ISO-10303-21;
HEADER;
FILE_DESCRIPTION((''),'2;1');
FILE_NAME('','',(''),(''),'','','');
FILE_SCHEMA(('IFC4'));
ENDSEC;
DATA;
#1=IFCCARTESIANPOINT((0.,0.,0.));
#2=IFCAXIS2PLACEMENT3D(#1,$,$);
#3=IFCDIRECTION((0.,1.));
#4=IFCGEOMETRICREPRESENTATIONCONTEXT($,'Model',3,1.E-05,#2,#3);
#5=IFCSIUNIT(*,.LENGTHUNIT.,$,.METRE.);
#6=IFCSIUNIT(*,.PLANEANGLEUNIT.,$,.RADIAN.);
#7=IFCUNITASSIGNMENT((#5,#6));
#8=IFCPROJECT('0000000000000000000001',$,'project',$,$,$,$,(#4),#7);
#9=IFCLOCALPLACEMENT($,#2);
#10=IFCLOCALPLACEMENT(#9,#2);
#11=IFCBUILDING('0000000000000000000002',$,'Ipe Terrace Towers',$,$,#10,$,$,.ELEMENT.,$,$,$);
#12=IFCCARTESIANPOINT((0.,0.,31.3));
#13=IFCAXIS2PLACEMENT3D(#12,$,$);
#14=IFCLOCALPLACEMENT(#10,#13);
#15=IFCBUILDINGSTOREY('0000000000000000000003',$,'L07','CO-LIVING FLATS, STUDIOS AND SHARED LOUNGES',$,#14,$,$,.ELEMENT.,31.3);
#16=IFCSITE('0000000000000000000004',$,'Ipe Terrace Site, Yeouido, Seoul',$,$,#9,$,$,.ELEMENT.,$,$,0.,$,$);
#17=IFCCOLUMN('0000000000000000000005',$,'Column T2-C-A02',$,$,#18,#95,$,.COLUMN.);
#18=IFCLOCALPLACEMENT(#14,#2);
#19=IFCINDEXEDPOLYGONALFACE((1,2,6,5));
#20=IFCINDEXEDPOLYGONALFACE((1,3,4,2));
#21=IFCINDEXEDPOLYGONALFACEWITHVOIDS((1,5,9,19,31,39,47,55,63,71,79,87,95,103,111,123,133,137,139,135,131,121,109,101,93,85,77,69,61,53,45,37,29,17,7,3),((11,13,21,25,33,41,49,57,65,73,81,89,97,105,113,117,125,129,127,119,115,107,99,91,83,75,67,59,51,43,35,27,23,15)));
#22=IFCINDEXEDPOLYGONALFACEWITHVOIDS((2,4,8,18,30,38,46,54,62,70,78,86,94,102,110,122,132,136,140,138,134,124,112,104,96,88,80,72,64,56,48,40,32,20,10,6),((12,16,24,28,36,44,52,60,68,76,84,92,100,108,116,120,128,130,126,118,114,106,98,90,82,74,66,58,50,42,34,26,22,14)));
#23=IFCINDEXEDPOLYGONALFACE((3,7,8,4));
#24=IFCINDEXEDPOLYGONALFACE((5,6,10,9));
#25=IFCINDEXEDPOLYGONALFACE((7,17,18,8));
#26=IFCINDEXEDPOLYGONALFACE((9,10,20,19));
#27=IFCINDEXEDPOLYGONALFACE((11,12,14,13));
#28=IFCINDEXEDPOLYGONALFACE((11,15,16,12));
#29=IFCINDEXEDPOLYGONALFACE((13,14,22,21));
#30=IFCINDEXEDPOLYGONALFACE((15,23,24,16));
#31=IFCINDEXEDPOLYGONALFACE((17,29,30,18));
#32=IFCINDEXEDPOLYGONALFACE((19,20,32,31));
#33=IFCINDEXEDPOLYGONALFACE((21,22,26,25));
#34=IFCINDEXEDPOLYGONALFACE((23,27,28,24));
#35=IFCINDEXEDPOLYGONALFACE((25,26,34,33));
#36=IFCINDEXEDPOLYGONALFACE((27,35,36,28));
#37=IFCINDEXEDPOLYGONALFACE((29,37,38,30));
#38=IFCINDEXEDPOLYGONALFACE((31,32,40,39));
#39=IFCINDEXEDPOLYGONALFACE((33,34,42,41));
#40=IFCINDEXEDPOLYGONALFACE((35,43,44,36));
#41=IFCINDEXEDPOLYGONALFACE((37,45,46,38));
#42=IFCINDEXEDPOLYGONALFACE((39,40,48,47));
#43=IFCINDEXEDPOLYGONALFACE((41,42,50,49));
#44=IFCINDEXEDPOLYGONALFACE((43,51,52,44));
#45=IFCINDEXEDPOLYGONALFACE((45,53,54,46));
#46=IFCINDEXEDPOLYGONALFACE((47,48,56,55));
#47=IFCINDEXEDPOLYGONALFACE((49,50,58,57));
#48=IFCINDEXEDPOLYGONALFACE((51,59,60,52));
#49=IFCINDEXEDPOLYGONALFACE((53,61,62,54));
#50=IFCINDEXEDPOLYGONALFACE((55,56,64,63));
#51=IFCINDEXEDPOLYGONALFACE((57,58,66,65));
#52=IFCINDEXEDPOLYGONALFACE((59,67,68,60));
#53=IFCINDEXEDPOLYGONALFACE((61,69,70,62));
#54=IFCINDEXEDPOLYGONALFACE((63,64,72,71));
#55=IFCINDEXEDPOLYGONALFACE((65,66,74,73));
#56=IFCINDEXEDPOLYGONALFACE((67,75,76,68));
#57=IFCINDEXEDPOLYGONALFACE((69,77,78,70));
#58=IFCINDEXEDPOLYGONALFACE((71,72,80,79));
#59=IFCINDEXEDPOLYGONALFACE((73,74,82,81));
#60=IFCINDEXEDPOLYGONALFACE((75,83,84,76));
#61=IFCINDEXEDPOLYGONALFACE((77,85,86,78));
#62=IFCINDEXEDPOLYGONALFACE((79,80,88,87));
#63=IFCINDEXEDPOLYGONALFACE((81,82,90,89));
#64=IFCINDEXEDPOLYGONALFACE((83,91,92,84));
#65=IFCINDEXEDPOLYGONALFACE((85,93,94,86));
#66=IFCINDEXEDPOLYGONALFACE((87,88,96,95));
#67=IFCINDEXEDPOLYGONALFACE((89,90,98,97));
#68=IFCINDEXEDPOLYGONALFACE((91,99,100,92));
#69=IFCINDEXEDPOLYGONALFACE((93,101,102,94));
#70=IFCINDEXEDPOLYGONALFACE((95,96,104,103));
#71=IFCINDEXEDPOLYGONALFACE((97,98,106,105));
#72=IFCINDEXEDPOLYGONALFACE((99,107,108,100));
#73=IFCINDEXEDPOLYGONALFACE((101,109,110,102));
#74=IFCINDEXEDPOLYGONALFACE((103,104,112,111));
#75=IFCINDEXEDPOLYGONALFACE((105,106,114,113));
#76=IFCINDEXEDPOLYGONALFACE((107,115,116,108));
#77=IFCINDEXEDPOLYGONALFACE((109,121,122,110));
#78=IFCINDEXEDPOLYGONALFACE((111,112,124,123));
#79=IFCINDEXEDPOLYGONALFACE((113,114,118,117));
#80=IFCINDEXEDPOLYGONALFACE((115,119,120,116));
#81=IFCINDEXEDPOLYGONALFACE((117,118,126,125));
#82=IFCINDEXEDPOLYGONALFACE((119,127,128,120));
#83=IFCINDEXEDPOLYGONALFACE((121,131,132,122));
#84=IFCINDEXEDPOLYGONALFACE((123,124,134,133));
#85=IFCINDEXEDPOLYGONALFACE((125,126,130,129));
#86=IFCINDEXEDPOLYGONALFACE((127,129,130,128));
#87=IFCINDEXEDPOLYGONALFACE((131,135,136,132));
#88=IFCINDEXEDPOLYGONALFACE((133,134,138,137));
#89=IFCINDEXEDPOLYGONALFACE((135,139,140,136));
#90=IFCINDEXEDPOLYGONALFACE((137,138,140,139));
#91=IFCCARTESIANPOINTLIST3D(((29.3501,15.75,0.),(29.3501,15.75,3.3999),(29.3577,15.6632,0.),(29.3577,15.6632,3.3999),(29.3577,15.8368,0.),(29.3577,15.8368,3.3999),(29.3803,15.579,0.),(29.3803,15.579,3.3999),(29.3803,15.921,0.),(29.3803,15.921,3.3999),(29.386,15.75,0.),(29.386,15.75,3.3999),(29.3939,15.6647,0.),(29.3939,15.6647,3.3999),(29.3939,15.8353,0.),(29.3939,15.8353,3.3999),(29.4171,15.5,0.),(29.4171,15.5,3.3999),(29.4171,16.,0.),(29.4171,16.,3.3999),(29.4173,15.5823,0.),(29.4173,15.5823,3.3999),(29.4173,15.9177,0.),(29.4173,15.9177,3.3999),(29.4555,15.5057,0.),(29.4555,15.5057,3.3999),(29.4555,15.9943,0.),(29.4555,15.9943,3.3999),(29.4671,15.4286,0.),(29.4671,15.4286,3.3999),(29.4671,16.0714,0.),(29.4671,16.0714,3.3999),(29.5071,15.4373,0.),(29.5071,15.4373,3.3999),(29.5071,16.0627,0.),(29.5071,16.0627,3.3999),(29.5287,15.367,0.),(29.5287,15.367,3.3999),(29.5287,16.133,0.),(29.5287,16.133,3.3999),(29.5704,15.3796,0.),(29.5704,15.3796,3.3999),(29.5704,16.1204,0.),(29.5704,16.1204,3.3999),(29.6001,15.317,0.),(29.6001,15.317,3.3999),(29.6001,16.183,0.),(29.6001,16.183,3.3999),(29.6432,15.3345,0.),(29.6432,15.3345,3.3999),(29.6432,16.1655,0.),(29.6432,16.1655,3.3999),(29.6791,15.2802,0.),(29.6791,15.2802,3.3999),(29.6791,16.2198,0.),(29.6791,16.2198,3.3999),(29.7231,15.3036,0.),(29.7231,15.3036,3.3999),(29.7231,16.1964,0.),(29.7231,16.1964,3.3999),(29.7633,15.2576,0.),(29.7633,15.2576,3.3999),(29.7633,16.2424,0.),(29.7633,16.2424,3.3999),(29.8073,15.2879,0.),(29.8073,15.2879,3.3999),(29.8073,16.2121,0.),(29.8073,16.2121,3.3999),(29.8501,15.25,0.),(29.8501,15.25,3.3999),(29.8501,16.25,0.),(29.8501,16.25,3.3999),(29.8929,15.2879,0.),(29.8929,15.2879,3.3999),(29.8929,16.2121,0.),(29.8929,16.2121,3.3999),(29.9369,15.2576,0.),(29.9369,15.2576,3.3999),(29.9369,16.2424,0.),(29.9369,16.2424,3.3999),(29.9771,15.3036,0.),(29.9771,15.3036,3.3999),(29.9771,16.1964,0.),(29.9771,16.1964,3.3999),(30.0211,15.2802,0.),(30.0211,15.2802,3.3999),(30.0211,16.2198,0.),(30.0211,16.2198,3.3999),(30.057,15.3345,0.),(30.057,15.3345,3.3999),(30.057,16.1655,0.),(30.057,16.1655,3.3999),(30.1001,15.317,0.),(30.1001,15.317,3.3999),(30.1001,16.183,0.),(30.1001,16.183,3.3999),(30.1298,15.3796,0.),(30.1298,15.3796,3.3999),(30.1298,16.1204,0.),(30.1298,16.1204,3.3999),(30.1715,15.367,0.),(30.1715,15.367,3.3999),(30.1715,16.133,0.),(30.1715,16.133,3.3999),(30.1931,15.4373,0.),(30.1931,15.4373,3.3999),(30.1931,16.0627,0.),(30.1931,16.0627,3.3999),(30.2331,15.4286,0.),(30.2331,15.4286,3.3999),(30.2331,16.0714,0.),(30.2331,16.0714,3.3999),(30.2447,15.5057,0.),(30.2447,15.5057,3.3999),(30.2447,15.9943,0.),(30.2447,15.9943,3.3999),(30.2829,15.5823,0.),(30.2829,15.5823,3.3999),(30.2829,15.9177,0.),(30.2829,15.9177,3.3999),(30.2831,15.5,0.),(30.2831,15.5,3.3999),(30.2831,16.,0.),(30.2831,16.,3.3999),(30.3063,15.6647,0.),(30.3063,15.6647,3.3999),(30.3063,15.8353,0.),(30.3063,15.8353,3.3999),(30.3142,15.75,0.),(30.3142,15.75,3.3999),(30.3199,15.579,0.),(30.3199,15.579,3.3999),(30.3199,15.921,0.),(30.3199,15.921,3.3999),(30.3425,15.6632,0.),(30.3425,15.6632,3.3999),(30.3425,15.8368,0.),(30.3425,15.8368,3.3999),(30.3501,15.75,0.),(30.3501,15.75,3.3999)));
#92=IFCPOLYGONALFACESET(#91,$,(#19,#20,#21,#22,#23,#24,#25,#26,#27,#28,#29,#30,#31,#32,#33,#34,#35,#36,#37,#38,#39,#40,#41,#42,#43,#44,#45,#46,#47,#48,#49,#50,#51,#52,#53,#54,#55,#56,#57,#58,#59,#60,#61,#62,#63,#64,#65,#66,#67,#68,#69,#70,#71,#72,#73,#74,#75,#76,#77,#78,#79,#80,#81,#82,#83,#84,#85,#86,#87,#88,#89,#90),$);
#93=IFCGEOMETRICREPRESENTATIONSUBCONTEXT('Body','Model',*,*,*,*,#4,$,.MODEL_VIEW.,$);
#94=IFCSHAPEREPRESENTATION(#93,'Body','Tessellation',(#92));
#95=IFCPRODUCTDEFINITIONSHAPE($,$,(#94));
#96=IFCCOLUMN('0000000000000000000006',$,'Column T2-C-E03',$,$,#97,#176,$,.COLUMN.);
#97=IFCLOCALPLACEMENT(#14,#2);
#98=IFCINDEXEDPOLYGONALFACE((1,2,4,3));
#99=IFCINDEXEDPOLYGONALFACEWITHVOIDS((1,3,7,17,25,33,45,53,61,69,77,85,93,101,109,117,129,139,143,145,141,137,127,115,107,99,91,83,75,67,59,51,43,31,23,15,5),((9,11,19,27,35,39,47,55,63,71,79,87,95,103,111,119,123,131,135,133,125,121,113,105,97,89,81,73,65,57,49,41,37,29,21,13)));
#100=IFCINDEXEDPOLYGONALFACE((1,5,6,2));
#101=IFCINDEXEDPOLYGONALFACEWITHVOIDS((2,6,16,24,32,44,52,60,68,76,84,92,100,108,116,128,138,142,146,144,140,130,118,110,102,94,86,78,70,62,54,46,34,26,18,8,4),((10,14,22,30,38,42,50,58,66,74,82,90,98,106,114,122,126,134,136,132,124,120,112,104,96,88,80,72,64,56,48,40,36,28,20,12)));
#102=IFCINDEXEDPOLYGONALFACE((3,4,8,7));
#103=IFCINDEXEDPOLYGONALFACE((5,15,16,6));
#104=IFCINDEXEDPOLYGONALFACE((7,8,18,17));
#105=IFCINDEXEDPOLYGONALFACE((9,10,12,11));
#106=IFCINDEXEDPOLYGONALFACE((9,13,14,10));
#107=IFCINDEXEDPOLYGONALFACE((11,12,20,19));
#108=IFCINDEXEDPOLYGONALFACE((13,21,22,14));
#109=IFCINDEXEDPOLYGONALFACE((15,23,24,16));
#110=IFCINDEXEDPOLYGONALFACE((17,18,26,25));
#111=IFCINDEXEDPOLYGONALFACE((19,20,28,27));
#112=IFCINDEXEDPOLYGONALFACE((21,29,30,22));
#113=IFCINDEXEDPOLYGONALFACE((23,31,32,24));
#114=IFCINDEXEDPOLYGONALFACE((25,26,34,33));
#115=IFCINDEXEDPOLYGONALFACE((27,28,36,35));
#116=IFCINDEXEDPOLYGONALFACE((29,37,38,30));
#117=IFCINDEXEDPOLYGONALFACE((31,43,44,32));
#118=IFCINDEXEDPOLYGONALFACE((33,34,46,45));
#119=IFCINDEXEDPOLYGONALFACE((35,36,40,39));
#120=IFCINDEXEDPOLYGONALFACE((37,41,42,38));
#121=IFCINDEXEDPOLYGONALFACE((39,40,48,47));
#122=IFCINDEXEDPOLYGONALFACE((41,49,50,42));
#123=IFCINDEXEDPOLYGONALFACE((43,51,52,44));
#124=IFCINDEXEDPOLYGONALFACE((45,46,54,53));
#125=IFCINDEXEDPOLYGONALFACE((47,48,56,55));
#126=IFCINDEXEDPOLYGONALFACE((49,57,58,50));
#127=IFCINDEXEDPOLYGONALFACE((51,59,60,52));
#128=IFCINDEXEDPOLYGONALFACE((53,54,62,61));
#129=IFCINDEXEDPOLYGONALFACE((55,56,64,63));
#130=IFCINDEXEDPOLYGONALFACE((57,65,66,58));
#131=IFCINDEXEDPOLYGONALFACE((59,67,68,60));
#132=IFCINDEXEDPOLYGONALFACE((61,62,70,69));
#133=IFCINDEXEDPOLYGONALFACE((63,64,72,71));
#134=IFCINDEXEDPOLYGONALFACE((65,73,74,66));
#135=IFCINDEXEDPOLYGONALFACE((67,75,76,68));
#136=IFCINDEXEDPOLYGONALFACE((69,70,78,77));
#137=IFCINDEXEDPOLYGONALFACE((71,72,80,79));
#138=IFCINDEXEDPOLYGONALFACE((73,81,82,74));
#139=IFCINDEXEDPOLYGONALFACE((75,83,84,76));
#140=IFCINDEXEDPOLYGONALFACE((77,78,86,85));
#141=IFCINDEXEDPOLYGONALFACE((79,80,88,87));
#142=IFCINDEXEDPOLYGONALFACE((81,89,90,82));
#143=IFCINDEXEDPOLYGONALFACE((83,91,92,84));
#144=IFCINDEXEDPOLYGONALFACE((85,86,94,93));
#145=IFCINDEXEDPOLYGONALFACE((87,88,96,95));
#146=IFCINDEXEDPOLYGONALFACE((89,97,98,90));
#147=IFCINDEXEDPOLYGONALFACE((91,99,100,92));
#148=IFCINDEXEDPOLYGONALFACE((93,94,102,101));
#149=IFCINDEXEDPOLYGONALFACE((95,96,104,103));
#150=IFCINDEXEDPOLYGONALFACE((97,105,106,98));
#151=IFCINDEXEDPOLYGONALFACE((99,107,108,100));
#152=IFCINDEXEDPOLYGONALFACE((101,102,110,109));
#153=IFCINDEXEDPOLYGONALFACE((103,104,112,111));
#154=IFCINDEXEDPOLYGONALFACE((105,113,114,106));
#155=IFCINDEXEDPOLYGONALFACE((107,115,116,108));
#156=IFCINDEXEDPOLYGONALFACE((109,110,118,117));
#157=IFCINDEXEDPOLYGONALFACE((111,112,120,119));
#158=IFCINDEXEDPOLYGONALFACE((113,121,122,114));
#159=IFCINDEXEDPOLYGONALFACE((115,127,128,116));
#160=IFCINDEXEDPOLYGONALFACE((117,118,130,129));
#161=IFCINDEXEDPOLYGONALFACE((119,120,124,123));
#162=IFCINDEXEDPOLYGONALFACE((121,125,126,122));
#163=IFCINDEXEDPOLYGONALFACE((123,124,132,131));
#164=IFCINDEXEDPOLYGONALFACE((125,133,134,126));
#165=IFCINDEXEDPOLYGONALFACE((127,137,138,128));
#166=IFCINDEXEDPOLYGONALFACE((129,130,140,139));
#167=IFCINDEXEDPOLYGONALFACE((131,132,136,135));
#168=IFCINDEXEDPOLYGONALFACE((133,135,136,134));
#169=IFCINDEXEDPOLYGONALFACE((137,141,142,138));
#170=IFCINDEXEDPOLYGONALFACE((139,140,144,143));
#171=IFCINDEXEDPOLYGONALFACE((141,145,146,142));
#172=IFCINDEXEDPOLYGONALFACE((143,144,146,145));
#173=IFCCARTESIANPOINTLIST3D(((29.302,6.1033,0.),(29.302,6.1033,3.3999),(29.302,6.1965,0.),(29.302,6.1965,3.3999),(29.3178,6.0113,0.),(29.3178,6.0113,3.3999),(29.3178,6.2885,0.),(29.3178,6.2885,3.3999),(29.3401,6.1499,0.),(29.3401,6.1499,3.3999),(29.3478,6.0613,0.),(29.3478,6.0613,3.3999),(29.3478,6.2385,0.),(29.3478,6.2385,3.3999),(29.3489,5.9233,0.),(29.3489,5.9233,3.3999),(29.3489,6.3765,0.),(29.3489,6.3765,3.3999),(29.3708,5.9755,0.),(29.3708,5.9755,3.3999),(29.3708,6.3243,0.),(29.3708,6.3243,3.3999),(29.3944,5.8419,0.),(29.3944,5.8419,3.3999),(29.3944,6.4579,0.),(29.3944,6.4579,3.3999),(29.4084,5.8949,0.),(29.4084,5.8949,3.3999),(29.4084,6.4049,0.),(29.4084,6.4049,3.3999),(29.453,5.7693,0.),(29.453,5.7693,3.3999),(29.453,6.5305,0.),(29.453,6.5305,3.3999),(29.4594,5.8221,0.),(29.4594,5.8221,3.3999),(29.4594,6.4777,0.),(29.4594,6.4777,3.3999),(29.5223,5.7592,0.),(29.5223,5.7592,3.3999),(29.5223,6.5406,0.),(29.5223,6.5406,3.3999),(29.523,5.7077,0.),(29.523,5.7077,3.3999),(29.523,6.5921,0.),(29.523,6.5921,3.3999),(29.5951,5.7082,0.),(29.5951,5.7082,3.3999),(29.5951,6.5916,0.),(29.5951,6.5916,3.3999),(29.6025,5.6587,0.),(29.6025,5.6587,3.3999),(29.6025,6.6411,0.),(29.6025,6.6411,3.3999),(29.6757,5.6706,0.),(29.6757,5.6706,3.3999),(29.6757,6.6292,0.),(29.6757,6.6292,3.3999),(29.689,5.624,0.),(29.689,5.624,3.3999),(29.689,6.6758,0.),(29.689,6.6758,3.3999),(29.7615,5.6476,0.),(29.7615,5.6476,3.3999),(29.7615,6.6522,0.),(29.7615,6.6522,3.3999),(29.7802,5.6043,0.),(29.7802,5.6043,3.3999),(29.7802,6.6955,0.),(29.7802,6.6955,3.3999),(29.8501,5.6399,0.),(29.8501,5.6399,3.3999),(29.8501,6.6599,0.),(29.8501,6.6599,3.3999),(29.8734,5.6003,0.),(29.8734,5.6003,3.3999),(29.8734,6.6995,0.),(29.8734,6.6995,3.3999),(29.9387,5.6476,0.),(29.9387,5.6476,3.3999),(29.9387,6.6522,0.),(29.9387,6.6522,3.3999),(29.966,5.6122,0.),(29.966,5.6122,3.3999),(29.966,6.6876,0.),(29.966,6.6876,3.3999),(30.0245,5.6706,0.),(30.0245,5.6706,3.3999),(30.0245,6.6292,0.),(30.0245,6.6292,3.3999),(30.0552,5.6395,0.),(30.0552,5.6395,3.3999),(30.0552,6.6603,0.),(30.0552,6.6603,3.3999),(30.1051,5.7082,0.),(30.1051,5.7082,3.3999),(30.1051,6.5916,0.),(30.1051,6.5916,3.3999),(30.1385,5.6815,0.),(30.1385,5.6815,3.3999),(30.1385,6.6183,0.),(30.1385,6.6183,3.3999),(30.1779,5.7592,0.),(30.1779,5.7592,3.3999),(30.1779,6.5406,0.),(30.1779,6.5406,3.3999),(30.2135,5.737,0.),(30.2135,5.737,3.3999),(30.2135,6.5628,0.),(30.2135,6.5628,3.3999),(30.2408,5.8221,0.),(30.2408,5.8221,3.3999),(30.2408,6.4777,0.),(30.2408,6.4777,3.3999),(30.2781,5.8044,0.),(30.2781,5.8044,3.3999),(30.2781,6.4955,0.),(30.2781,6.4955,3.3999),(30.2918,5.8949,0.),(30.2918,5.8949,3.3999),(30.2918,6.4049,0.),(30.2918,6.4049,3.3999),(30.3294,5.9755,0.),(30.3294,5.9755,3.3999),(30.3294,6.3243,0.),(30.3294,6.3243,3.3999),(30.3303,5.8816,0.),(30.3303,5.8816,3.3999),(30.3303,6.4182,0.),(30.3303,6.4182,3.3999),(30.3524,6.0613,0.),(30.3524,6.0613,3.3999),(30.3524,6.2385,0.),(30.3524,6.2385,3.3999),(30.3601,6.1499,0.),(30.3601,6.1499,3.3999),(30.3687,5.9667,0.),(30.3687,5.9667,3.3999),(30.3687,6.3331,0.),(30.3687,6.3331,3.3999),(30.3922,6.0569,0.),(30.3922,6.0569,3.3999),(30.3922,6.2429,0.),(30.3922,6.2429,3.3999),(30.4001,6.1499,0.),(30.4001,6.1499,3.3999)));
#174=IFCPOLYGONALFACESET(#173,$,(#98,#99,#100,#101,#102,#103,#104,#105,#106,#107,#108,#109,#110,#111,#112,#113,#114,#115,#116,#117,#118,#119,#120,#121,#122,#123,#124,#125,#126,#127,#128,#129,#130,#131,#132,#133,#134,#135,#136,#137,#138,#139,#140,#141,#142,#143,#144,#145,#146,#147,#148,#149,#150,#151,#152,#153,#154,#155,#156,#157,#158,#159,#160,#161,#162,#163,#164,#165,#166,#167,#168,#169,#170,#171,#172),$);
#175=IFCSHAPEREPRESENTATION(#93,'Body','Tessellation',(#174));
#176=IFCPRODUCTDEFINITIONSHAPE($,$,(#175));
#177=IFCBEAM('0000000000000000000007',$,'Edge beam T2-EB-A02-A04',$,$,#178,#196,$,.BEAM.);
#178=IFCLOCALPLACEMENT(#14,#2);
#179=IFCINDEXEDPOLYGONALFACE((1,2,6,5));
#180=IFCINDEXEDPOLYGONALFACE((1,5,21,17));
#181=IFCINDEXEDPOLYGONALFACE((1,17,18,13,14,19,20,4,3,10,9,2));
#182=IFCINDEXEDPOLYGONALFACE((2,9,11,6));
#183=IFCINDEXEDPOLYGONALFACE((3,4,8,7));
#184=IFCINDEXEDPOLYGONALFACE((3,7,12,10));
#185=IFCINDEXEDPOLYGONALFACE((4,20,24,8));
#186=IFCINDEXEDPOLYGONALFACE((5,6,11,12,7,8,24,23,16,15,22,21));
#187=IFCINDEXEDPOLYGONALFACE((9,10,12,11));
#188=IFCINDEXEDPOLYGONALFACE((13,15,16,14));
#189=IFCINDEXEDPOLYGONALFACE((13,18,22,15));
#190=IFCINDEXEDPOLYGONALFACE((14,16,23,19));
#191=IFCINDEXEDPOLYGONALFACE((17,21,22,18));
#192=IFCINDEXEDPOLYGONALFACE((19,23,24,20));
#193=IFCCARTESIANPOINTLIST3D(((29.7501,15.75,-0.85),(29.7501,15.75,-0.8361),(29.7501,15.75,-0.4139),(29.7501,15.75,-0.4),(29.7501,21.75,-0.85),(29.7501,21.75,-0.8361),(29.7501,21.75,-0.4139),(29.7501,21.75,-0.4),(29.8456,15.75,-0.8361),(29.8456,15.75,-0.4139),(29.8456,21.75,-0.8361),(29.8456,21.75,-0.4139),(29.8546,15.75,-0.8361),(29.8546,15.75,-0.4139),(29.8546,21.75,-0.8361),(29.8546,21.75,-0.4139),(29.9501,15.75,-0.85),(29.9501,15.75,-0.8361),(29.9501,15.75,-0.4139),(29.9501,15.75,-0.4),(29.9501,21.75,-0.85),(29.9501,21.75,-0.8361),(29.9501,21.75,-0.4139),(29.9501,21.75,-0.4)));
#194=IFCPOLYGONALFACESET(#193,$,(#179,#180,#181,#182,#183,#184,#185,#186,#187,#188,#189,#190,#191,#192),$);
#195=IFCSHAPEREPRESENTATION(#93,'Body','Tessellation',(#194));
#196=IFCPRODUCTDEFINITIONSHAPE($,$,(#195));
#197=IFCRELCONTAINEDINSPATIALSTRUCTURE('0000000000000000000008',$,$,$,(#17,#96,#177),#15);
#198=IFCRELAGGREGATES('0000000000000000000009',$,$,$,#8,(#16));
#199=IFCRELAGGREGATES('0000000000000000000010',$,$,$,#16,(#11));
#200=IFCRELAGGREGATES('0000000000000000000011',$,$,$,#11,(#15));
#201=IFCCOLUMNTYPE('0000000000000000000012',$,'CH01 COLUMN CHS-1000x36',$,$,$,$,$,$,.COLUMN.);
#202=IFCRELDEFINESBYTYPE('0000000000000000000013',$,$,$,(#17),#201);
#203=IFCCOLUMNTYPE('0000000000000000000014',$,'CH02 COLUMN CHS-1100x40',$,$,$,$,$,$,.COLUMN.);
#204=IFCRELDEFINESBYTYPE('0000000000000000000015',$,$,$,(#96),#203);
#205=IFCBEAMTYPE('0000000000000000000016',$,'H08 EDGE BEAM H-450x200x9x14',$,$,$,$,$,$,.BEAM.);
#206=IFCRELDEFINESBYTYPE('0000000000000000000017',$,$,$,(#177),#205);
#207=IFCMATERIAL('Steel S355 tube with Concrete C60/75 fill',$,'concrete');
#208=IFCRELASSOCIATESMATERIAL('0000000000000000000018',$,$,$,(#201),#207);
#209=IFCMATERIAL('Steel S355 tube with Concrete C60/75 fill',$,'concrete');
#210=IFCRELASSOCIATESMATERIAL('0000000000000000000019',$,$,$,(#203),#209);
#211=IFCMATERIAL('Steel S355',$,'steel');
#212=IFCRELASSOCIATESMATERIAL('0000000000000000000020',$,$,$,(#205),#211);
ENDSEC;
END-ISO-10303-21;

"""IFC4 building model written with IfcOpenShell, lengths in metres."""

from ifc_helpers import new_model, si_unit, direction, frame, origin, origin_2d, place, context, subcontext, project, spatial, hollow_circle, i_section, extrude, material, material_profile, profile_set, type_object, element, save


model = new_model("IFC4")

# Units and contexts
model_context = context("Model", 3, precision=1e-05, world=origin(), true_north=direction((0.0, 1.0)))
body_context = subcontext(model_context, "Body", "Model", "MODEL_VIEW")
ifc_project = project(units=[si_unit("LENGTHUNIT", "METRE"), si_unit("PLANEANGLEUNIT", "RADIAN")], contexts=[model_context])

# Site, building, storey
site_placement = place(None, origin())
site = spatial("IfcSite", under=ifc_project, at=site_placement, Name="Ipe Terrace Site, Yeouido, Seoul", CompositionType="ELEMENT", RefElevation=0.0)
building_placement = place(site_placement, origin())
building = spatial("IfcBuilding", under=site, at=building_placement, Name="Ipe Terrace Towers", CompositionType="ELEMENT")
storey_placement = place(building_placement, frame((0.0, 0.0, 31.3)))
storey = spatial("IfcBuildingStorey", under=building, at=storey_placement, Name="L07", Description="CO-LIVING FLATS, STUDIOS AND SHARED LOUNGES", CompositionType="ELEMENT", Elevation=31.3)

# Columns
ifc_material_1 = material(Name="Steel S355 tube with Concrete C60/75 fill", Category="concrete")
ifc_material_profile_1 = material_profile(ifc_material_1, hollow_circle(Radius=0.5, WallThickness=0.0359, at=origin_2d()), Name="CHS-1000x36")
ifc_profile_set_1 = profile_set([ifc_material_profile_1], Name="Steel S355 tube with Concrete C60/75 fill")
column_type_1 = type_object("IfcColumnType", Name="CH01 COLUMN CHS-1000x36", PredefinedType="COLUMN", material=ifc_profile_set_1)
column_1_placement = place(storey_placement, frame((29.8501, 15.75, 0.0), z_axis=(0.0, 0.0, 1.0), x_axis=(1.0, 0.0, 0.0)))
element("IfcColumn", 1, at=column_1_placement, inside=storey, type_object=column_type_1, Name="Column T2-C-A02", PredefinedType="COLUMN", context=body_context, shape_type="SweptSolid", body=[
    extrude(hollow_circle(Radius=0.5, WallThickness=0.0359, at=origin_2d()), origin(), (0.0, 0.0, 1.0), 3.3999),
])
ifc_material_2 = material(Name="Steel S355 tube with Concrete C60/75 fill", Category="concrete")
ifc_material_profile_2 = material_profile(ifc_material_2, hollow_circle(Radius=0.55, WallThickness=0.04, at=origin_2d()), Name="CHS-1100x40")
ifc_profile_set_2 = profile_set([ifc_material_profile_2], Name="Steel S355 tube with Concrete C60/75 fill")
column_type_2 = type_object("IfcColumnType", Name="CH02 COLUMN CHS-1100x40", PredefinedType="COLUMN", material=ifc_profile_set_2)
column_2_placement = place(storey_placement, frame((29.8501, 6.1499, 0.0), z_axis=(0.0, 0.0, 1.0), x_axis=(1.0, 0.0, 0.0)))
element("IfcColumn", 2, at=column_2_placement, inside=storey, type_object=column_type_2, Name="Column T2-C-E03", PredefinedType="COLUMN", context=body_context, shape_type="SweptSolid", body=[
    extrude(hollow_circle(Radius=0.55, WallThickness=0.04, at=origin_2d()), origin(), (0.0, 0.0, 1.0), 3.3999),
])

# Beam
ifc_material_3 = material(Name="Steel S355", Category="steel")
ifc_material_profile_3 = material_profile(ifc_material_3, i_section(OverallWidth=0.2, OverallDepth=0.45, WebThickness=0.009, FlangeThickness=0.0139, at=origin_2d()), Name="H-450x200x9x14")
ifc_profile_set_3 = profile_set([ifc_material_profile_3], Name="Steel S355")
beam_type = type_object("IfcBeamType", Name="H08 EDGE BEAM H-450x200x9x14", PredefinedType="BEAM", material=ifc_profile_set_3)
beam_placement = place(storey_placement, frame((29.8501, 15.75, -0.625), z_axis=(0.0, 1.0, 0.0), x_axis=(-1.0, 0.0, 0.0)))
element("IfcBeam", 3, at=beam_placement, inside=storey, type_object=beam_type, Name="Edge beam T2-EB-A02-A04", PredefinedType="BEAM", context=body_context, shape_type="SweptSolid", body=[
    extrude(i_section(OverallWidth=0.2, OverallDepth=0.45, WebThickness=0.009, FlangeThickness=0.0139, at=origin_2d()), origin(), (0.0, 0.0, 1.0), 6.0),
])

save(model, "model.ifc")
